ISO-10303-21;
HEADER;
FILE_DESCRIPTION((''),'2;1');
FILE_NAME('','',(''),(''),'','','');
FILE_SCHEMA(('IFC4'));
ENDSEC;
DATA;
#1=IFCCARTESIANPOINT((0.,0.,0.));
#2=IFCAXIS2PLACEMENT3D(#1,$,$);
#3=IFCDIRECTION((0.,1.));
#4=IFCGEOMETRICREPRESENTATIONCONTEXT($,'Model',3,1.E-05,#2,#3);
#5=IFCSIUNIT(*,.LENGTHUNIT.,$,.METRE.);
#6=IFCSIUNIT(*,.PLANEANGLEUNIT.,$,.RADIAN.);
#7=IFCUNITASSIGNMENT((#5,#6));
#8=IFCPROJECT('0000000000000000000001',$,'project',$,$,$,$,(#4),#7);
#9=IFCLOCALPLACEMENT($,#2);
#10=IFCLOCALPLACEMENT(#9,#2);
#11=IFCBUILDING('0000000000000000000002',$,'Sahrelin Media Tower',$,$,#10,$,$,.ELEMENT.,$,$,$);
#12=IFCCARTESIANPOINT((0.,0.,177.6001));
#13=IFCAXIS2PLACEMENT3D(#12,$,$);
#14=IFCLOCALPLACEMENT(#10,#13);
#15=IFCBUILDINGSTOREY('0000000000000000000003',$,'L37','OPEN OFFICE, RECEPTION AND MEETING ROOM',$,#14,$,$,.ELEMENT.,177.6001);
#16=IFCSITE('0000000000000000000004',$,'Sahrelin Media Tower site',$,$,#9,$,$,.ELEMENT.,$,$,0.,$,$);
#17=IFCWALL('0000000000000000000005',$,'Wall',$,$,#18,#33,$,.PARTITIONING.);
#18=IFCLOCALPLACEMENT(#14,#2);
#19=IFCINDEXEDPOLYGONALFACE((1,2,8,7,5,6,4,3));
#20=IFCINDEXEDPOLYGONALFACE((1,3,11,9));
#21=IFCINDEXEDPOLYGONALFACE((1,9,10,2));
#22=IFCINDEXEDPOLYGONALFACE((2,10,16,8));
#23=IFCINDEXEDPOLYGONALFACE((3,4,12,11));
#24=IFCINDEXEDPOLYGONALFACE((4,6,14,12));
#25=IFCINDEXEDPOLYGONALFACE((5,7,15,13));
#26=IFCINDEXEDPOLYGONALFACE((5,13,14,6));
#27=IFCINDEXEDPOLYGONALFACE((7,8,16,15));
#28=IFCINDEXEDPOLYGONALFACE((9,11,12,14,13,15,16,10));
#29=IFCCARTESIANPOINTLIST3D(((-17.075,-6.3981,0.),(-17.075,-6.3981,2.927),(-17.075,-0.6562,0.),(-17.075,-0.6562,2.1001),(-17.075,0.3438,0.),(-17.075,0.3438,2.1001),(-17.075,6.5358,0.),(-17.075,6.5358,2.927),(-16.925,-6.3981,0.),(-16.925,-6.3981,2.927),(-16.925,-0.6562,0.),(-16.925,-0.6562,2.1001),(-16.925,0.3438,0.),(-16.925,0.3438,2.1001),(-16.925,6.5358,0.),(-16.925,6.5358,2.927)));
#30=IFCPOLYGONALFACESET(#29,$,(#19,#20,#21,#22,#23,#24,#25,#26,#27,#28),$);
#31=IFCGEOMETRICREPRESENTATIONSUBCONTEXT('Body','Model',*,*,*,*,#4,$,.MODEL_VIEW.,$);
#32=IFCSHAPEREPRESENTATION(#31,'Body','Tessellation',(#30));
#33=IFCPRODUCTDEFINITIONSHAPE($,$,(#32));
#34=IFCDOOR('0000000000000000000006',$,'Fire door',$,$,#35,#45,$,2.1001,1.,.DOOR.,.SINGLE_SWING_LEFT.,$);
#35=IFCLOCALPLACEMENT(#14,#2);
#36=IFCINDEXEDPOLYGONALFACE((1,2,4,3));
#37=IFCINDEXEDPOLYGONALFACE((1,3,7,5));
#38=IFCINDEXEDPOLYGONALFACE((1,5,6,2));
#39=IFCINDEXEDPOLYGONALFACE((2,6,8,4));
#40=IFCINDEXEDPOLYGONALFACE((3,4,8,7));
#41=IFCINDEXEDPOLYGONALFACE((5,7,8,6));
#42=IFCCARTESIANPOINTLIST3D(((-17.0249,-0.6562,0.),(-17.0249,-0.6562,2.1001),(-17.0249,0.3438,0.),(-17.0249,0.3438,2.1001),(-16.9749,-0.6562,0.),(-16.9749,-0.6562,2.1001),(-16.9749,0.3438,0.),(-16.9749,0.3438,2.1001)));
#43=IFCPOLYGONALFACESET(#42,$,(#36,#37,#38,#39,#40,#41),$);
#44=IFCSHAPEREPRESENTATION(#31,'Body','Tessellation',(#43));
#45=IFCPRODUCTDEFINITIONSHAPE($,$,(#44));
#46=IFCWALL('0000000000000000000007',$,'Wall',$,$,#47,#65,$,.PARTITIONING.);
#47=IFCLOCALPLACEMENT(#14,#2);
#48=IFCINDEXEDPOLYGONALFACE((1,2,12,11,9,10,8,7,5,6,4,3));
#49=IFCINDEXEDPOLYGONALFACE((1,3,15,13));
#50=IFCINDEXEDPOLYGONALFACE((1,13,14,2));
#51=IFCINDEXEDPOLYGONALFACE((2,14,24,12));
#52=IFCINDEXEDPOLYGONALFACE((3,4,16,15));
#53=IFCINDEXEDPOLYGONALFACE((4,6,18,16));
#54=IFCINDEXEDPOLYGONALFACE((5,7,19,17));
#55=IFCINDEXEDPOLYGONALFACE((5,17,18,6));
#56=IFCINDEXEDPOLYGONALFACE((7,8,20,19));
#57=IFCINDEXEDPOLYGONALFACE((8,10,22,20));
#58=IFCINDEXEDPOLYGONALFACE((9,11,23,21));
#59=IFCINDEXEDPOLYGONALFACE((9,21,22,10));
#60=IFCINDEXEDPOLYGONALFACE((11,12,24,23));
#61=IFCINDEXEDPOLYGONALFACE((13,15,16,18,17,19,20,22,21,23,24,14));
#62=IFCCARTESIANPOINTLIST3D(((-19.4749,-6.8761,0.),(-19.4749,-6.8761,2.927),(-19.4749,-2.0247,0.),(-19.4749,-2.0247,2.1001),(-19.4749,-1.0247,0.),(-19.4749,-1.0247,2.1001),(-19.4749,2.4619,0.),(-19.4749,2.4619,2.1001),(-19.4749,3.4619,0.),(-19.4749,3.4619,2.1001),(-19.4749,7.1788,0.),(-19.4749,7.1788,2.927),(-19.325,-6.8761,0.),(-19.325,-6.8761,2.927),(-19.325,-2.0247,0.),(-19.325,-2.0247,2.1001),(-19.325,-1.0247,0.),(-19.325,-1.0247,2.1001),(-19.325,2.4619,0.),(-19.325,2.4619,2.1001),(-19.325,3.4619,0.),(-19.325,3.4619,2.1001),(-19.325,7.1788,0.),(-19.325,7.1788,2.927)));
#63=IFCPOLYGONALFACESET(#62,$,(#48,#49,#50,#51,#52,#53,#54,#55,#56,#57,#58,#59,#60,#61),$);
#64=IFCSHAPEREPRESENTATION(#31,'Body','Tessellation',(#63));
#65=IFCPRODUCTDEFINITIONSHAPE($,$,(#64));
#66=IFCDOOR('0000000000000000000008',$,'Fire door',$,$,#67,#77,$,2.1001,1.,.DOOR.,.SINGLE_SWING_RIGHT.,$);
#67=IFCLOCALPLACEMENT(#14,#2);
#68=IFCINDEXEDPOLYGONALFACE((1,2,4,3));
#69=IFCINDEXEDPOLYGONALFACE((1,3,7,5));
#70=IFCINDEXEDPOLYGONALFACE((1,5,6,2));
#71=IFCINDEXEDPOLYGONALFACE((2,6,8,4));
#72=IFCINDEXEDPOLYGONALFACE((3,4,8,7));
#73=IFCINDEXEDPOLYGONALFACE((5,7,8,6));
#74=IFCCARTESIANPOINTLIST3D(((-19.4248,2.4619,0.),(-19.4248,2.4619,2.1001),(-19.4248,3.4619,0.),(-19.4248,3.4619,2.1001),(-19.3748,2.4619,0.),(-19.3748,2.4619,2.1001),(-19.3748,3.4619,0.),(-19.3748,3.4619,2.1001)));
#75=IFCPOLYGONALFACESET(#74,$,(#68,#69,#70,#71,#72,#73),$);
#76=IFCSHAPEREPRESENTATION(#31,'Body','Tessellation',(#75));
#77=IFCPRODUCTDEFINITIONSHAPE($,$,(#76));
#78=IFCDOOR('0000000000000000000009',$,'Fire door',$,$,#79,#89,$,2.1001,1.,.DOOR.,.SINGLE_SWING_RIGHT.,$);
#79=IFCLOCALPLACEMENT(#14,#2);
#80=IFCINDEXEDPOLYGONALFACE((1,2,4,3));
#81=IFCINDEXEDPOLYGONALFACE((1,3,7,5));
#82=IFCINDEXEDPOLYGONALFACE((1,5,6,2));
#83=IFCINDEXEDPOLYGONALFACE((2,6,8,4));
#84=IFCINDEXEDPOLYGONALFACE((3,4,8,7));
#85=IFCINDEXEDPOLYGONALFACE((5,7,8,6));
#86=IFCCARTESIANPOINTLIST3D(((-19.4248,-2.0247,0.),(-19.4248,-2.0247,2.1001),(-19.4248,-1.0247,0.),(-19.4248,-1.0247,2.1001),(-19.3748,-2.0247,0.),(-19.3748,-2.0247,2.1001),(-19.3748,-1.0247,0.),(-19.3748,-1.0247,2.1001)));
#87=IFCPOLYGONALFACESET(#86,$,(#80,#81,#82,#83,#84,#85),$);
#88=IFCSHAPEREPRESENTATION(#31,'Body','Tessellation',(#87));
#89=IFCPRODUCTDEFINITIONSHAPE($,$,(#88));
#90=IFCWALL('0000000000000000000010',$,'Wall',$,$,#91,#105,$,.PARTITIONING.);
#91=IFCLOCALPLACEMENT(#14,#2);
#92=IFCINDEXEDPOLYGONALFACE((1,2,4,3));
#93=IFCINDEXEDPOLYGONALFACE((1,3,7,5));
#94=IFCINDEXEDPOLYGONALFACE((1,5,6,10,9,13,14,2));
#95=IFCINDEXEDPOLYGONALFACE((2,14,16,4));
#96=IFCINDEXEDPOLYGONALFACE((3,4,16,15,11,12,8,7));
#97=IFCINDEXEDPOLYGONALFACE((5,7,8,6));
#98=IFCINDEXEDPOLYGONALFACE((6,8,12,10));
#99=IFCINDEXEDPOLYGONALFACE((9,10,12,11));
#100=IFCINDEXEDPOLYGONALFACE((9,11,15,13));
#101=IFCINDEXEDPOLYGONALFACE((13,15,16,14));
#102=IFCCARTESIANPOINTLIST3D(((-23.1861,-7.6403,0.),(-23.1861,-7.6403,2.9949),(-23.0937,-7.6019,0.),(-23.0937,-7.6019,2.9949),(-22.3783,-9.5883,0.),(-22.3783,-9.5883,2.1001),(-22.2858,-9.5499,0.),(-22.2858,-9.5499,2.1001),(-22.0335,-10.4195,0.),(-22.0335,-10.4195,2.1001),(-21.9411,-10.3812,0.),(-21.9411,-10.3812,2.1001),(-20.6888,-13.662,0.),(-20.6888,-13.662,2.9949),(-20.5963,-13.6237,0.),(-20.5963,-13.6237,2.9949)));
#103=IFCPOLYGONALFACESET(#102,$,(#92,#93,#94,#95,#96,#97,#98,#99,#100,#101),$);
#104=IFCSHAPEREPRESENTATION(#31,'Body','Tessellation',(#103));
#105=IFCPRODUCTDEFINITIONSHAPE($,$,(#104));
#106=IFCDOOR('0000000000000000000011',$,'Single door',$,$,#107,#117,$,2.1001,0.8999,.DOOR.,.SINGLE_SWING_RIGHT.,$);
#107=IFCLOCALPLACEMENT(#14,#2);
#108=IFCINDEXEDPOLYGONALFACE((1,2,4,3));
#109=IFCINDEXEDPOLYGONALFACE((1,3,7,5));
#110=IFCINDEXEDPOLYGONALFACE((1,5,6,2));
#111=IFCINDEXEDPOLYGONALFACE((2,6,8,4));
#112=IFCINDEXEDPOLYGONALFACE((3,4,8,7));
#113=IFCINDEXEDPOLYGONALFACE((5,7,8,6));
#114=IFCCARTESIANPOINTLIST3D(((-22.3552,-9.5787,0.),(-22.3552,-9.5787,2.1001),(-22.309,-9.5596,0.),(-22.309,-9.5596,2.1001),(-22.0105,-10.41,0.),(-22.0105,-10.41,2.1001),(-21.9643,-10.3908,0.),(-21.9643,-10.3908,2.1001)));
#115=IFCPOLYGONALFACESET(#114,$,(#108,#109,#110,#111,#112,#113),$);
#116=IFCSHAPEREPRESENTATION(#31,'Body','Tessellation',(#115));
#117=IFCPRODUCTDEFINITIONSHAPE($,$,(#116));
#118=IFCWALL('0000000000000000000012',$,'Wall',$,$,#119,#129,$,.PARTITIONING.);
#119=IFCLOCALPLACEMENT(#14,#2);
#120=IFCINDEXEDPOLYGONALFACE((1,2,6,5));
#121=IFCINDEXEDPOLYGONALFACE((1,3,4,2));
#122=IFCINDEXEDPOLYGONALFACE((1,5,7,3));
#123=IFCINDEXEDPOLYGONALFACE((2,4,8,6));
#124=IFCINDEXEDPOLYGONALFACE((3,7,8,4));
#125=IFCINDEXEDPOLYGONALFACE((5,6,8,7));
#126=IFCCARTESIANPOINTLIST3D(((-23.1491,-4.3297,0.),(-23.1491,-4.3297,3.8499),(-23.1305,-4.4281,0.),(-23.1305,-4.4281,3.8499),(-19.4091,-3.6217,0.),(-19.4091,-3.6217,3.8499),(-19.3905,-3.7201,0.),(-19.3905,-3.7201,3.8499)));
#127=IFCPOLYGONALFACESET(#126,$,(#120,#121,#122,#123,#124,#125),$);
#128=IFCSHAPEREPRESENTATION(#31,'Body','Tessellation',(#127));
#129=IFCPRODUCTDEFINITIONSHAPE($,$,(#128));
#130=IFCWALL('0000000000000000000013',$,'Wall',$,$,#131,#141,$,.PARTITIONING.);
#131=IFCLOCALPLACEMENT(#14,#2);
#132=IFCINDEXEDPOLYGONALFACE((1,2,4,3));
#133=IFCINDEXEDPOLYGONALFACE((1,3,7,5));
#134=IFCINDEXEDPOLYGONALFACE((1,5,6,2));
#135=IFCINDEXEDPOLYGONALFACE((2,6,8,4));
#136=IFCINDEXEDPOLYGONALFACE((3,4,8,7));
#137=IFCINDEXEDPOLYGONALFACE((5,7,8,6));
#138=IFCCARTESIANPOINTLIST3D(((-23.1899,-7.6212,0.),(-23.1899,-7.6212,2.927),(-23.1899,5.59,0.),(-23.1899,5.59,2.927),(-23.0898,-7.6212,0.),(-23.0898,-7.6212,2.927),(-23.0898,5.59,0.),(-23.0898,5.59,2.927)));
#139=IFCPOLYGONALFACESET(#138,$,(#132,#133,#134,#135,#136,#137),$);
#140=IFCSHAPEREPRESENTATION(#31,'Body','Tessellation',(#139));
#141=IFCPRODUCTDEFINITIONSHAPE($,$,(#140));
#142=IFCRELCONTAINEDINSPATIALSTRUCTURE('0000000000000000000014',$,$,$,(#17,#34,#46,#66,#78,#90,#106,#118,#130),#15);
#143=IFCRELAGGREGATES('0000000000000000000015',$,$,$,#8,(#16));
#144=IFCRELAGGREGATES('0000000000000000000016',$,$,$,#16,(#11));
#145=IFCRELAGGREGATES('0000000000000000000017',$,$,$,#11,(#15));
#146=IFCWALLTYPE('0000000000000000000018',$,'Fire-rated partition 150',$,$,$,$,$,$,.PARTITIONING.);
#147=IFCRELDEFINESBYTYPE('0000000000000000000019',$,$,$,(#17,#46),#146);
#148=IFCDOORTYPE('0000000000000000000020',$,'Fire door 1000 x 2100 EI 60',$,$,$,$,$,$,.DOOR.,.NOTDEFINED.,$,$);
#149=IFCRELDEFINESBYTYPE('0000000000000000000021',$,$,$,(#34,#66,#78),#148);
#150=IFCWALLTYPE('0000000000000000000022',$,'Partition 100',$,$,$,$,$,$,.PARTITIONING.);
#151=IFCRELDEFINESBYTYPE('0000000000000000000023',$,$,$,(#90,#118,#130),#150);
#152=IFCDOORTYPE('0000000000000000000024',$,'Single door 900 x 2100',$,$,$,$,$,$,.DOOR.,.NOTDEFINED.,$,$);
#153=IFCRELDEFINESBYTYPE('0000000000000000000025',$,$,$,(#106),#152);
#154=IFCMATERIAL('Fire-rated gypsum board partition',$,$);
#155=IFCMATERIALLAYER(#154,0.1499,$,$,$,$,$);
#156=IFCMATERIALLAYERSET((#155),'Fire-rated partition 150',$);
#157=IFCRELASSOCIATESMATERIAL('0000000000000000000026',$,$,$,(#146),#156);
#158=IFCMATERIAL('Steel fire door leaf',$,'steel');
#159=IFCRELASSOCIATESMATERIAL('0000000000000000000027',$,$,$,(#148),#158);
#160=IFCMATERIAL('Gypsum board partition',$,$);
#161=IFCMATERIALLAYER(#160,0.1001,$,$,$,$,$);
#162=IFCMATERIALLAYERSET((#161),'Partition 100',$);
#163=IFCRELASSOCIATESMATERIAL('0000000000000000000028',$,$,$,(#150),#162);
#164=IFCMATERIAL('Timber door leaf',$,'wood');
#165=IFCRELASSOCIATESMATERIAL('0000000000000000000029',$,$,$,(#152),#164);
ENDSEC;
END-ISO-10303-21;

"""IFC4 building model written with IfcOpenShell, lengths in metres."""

from ifc_helpers import new_model, si_unit, direction, frame, frame_2d, origin, place, context, subcontext, project, spatial, rectangle, extrude, material, layer, layer_set, type_object, element, fill, save


model = new_model("IFC4")

# Units and contexts
model_context = context("Model", 3, precision=1e-05, world=origin(), true_north=direction((0.0, 1.0)))
body_context = subcontext(model_context, "Body", "Model", "MODEL_VIEW")
ifc_project = project(units=[si_unit("LENGTHUNIT", "METRE"), si_unit("PLANEANGLEUNIT", "RADIAN")], contexts=[model_context])

# Site, building, storey
site_placement = place(None, origin())
site = spatial("IfcSite", under=ifc_project, at=site_placement, Name="Sahrelin Media Tower site", CompositionType="ELEMENT", RefElevation=0.0)
building_placement = place(site_placement, origin())
building = spatial("IfcBuilding", under=site, at=building_placement, Name="Sahrelin Media Tower", CompositionType="ELEMENT")
storey_placement = place(building_placement, frame((0.0, 0.0, 177.6001)))
storey = spatial("IfcBuildingStorey", under=building, at=storey_placement, Name="L37", Description="OPEN OFFICE, RECEPTION AND MEETING ROOM", CompositionType="ELEMENT", Elevation=177.6001)

# Shared definitions
ifc_material_1 = material(Name="Fire-rated gypsum board partition")
ifc_layer_1 = layer(ifc_material_1, 0.1499)
ifc_layer_set_1 = layer_set([ifc_layer_1], Name="Fire-rated partition 150")
wall_type_1 = type_object("IfcWallType", Name="Fire-rated partition 150", PredefinedType="PARTITIONING", material=ifc_layer_set_1)
ifc_material_2 = material(Name="Steel fire door leaf", Category="steel")
door_type_1 = type_object("IfcDoorType", Name="Fire door 1000 x 2100 EI 60", OperationType="NOTDEFINED", PredefinedType="DOOR", material=ifc_material_2)

# Wall, opening, door
wall_1_placement = place(storey_placement, frame((-17.0, -6.3979, 0.0), z_axis=(0.0, 0.0, 1.0), x_axis=(0.0, 1.0, 0.0)))
wall_1 = element("IfcWall", 1, at=wall_1_placement, inside=storey, type_object=wall_type_1, Name="Wall", PredefinedType="PARTITIONING", context=body_context, shape_type="SweptSolid", body=[
    extrude(rectangle(XDim=12.9338, YDim=0.1499, at=frame_2d((6.4668, 0.0))), origin(), (0.0, 0.0, 1.0), 2.927),
])
opening_1_placement = place(wall_1_placement, frame((5.7417, 0.0, 0.0)))
opening_1 = element("IfcOpeningElement", 2, at=opening_1_placement, cuts=wall_1, PredefinedType="OPENING", context=body_context, shape_type="SweptSolid", body=[
    extrude(rectangle(XDim=1.0, YDim=2.1001, at=frame_2d((0.5, 1.05))), frame((0.0, 0.075, 0.0), z_axis=(0.0, -1.0, 0.0), x_axis=(1.0, 0.0, 0.0)), (0.0, 0.0, 1.0), 0.1499),
])
door_1_placement = place(opening_1_placement, origin())
door_1 = element("IfcDoor", 3, at=door_1_placement, inside=storey, type_object=door_type_1, Name="Fire door", OperationType="SINGLE_SWING_LEFT", OverallHeight=2.1001, OverallWidth=1.0, PredefinedType="DOOR", context=body_context, shape_type="SweptSolid", body=[
    extrude(rectangle(XDim=1.0, YDim=2.1001, at=frame_2d((0.5, 1.05))), frame((0.0, 0.0249, 0.0), z_axis=(0.0, -1.0, 0.0), x_axis=(1.0, 0.0, 0.0)), (0.0, 0.0, 1.0), 0.05),
])
fill(opening_1, door_1)

# Wall, openings, doors
wall_2_placement = place(storey_placement, frame((-19.3999, -6.876, 0.0), z_axis=(0.0, 0.0, 1.0), x_axis=(0.0, 1.0, 0.0)))
wall_2 = element("IfcWall", 4, at=wall_2_placement, inside=storey, type_object=wall_type_1, Name="Wall", PredefinedType="PARTITIONING", context=body_context, shape_type="SweptSolid", body=[
    extrude(rectangle(XDim=14.0549, YDim=0.1499, at=frame_2d((7.0273, 0.0))), origin(), (0.0, 0.0, 1.0), 2.927),
])
opening_2_placement = place(wall_2_placement, frame((9.3379, 0.0, 0.0)))
opening_2 = element("IfcOpeningElement", 5, at=opening_2_placement, cuts=wall_2, PredefinedType="OPENING", context=body_context, shape_type="SweptSolid", body=[
    extrude(rectangle(XDim=1.0, YDim=2.1001, at=frame_2d((0.5, 1.05))), frame((0.0, 0.075, 0.0), z_axis=(0.0, -1.0, 0.0), x_axis=(1.0, 0.0, 0.0)), (0.0, 0.0, 1.0), 0.1499),
])
opening_3_placement = place(wall_2_placement, frame((4.8513, 0.0, 0.0)))
opening_3 = element("IfcOpeningElement", 6, at=opening_3_placement, cuts=wall_2, PredefinedType="OPENING", context=body_context, shape_type="SweptSolid", body=[
    extrude(rectangle(XDim=1.0, YDim=2.1001, at=frame_2d((0.5, 1.05))), frame((0.0, 0.075, 0.0), z_axis=(0.0, -1.0, 0.0), x_axis=(1.0, 0.0, 0.0)), (0.0, 0.0, 1.0), 0.1499),
])
door_2_placement = place(opening_2_placement, origin())
door_2 = element("IfcDoor", 7, at=door_2_placement, inside=storey, type_object=door_type_1, Name="Fire door", OperationType="SINGLE_SWING_RIGHT", OverallHeight=2.1001, OverallWidth=1.0, PredefinedType="DOOR", context=body_context, shape_type="SweptSolid", body=[
    extrude(rectangle(XDim=1.0, YDim=2.1001, at=frame_2d((0.5, 1.05))), frame((0.0, 0.0249, 0.0), z_axis=(0.0, -1.0, 0.0), x_axis=(1.0, 0.0, 0.0)), (0.0, 0.0, 1.0), 0.05),
])
fill(opening_2, door_2)
door_3_placement = place(opening_3_placement, origin())
door_3 = element("IfcDoor", 8, at=door_3_placement, inside=storey, type_object=door_type_1, Name="Fire door", OperationType="SINGLE_SWING_RIGHT", OverallHeight=2.1001, OverallWidth=1.0, PredefinedType="DOOR", context=body_context, shape_type="SweptSolid", body=[
    extrude(rectangle(XDim=1.0, YDim=2.1001, at=frame_2d((0.5, 1.05))), frame((0.0, 0.0249, 0.0), z_axis=(0.0, -1.0, 0.0), x_axis=(1.0, 0.0, 0.0)), (0.0, 0.0, 1.0), 0.05),
])
fill(opening_3, door_3)

# Wall, opening, door
ifc_material_3 = material(Name="Gypsum board partition")
ifc_layer_2 = layer(ifc_material_3, 0.1001)
ifc_layer_set_2 = layer_set([ifc_layer_2], Name="Partition 100")
wall_type_2 = type_object("IfcWallType", Name="Partition 100", PredefinedType="PARTITIONING", material=ifc_layer_set_2)
wall_3_placement = place(storey_placement, frame((-23.1399, -7.6211, 0.0), z_axis=(0.0, 0.0, 1.0), x_axis=(0.38308, -0.923715, 0.0)))
wall_3 = element("IfcWall", 9, at=wall_3_placement, inside=storey, type_object=wall_type_2, Name="Wall", PredefinedType="PARTITIONING", context=body_context, shape_type="SweptSolid", body=[
    extrude(rectangle(XDim=6.519, YDim=0.1001, at=frame_2d((3.2595, 0.0))), origin(), (0.0, 0.0, 1.0), 2.9949),
])
opening_4_placement = place(wall_3_placement, frame((2.1089, 0.0, 0.0)))
opening_4 = element("IfcOpeningElement", 10, at=opening_4_placement, cuts=wall_3, PredefinedType="OPENING", context=body_context, shape_type="SweptSolid", body=[
    extrude(rectangle(XDim=0.8999, YDim=2.1001, at=frame_2d((0.45, 1.05))), frame((0.0, 0.05, 0.0), z_axis=(0.0, -1.0, 0.0), x_axis=(1.0, 0.0, 0.0)), (0.0, 0.0, 1.0), 0.1001),
])
ifc_material_4 = material(Name="Timber door leaf", Category="wood")
door_type_2 = type_object("IfcDoorType", Name="Single door 900 x 2100", OperationType="NOTDEFINED", PredefinedType="DOOR", material=ifc_material_4)
door_4_placement = place(opening_4_placement, origin())
door_4 = element("IfcDoor", 11, at=door_4_placement, inside=storey, type_object=door_type_2, Name="Single door", OperationType="SINGLE_SWING_RIGHT", OverallHeight=2.1001, OverallWidth=0.8999, PredefinedType="DOOR", context=body_context, shape_type="SweptSolid", body=[
    extrude(rectangle(XDim=0.8999, YDim=2.1001, at=frame_2d((0.45, 1.05))), frame((0.0, 0.0249, 0.0), z_axis=(0.0, -1.0, 0.0), x_axis=(1.0, 0.0, 0.0)), (0.0, 0.0, 1.0), 0.05),
])
fill(opening_4, door_4)

# Walls
wall_4_placement = place(storey_placement, frame((-23.1399, -4.3789, 0.0), z_axis=(0.0, 0.0, 1.0), x_axis=(0.982549, 0.186004, 0.0)))
element("IfcWall", 12, at=wall_4_placement, inside=storey, type_object=wall_type_2, Name="Wall", PredefinedType="PARTITIONING", context=body_context, shape_type="SweptSolid", body=[
    extrude(rectangle(XDim=3.8064, YDim=0.1001, at=frame_2d((1.9033, 0.0))), origin(), (0.0, 0.0, 1.0), 3.8499),
])
wall_5_placement = place(storey_placement, frame((-23.1399, -7.6211, 0.0), z_axis=(0.0, 0.0, 1.0), x_axis=(0.0, 1.0, 0.0)))
element("IfcWall", 13, at=wall_5_placement, inside=storey, type_object=wall_type_2, Name="Wall", PredefinedType="PARTITIONING", context=body_context, shape_type="SweptSolid", body=[
    extrude(rectangle(XDim=13.2112, YDim=0.1001, at=frame_2d((6.6055, 0.0))), origin(), (0.0, 0.0, 1.0), 2.927),
])

save(model, "model.ifc")
